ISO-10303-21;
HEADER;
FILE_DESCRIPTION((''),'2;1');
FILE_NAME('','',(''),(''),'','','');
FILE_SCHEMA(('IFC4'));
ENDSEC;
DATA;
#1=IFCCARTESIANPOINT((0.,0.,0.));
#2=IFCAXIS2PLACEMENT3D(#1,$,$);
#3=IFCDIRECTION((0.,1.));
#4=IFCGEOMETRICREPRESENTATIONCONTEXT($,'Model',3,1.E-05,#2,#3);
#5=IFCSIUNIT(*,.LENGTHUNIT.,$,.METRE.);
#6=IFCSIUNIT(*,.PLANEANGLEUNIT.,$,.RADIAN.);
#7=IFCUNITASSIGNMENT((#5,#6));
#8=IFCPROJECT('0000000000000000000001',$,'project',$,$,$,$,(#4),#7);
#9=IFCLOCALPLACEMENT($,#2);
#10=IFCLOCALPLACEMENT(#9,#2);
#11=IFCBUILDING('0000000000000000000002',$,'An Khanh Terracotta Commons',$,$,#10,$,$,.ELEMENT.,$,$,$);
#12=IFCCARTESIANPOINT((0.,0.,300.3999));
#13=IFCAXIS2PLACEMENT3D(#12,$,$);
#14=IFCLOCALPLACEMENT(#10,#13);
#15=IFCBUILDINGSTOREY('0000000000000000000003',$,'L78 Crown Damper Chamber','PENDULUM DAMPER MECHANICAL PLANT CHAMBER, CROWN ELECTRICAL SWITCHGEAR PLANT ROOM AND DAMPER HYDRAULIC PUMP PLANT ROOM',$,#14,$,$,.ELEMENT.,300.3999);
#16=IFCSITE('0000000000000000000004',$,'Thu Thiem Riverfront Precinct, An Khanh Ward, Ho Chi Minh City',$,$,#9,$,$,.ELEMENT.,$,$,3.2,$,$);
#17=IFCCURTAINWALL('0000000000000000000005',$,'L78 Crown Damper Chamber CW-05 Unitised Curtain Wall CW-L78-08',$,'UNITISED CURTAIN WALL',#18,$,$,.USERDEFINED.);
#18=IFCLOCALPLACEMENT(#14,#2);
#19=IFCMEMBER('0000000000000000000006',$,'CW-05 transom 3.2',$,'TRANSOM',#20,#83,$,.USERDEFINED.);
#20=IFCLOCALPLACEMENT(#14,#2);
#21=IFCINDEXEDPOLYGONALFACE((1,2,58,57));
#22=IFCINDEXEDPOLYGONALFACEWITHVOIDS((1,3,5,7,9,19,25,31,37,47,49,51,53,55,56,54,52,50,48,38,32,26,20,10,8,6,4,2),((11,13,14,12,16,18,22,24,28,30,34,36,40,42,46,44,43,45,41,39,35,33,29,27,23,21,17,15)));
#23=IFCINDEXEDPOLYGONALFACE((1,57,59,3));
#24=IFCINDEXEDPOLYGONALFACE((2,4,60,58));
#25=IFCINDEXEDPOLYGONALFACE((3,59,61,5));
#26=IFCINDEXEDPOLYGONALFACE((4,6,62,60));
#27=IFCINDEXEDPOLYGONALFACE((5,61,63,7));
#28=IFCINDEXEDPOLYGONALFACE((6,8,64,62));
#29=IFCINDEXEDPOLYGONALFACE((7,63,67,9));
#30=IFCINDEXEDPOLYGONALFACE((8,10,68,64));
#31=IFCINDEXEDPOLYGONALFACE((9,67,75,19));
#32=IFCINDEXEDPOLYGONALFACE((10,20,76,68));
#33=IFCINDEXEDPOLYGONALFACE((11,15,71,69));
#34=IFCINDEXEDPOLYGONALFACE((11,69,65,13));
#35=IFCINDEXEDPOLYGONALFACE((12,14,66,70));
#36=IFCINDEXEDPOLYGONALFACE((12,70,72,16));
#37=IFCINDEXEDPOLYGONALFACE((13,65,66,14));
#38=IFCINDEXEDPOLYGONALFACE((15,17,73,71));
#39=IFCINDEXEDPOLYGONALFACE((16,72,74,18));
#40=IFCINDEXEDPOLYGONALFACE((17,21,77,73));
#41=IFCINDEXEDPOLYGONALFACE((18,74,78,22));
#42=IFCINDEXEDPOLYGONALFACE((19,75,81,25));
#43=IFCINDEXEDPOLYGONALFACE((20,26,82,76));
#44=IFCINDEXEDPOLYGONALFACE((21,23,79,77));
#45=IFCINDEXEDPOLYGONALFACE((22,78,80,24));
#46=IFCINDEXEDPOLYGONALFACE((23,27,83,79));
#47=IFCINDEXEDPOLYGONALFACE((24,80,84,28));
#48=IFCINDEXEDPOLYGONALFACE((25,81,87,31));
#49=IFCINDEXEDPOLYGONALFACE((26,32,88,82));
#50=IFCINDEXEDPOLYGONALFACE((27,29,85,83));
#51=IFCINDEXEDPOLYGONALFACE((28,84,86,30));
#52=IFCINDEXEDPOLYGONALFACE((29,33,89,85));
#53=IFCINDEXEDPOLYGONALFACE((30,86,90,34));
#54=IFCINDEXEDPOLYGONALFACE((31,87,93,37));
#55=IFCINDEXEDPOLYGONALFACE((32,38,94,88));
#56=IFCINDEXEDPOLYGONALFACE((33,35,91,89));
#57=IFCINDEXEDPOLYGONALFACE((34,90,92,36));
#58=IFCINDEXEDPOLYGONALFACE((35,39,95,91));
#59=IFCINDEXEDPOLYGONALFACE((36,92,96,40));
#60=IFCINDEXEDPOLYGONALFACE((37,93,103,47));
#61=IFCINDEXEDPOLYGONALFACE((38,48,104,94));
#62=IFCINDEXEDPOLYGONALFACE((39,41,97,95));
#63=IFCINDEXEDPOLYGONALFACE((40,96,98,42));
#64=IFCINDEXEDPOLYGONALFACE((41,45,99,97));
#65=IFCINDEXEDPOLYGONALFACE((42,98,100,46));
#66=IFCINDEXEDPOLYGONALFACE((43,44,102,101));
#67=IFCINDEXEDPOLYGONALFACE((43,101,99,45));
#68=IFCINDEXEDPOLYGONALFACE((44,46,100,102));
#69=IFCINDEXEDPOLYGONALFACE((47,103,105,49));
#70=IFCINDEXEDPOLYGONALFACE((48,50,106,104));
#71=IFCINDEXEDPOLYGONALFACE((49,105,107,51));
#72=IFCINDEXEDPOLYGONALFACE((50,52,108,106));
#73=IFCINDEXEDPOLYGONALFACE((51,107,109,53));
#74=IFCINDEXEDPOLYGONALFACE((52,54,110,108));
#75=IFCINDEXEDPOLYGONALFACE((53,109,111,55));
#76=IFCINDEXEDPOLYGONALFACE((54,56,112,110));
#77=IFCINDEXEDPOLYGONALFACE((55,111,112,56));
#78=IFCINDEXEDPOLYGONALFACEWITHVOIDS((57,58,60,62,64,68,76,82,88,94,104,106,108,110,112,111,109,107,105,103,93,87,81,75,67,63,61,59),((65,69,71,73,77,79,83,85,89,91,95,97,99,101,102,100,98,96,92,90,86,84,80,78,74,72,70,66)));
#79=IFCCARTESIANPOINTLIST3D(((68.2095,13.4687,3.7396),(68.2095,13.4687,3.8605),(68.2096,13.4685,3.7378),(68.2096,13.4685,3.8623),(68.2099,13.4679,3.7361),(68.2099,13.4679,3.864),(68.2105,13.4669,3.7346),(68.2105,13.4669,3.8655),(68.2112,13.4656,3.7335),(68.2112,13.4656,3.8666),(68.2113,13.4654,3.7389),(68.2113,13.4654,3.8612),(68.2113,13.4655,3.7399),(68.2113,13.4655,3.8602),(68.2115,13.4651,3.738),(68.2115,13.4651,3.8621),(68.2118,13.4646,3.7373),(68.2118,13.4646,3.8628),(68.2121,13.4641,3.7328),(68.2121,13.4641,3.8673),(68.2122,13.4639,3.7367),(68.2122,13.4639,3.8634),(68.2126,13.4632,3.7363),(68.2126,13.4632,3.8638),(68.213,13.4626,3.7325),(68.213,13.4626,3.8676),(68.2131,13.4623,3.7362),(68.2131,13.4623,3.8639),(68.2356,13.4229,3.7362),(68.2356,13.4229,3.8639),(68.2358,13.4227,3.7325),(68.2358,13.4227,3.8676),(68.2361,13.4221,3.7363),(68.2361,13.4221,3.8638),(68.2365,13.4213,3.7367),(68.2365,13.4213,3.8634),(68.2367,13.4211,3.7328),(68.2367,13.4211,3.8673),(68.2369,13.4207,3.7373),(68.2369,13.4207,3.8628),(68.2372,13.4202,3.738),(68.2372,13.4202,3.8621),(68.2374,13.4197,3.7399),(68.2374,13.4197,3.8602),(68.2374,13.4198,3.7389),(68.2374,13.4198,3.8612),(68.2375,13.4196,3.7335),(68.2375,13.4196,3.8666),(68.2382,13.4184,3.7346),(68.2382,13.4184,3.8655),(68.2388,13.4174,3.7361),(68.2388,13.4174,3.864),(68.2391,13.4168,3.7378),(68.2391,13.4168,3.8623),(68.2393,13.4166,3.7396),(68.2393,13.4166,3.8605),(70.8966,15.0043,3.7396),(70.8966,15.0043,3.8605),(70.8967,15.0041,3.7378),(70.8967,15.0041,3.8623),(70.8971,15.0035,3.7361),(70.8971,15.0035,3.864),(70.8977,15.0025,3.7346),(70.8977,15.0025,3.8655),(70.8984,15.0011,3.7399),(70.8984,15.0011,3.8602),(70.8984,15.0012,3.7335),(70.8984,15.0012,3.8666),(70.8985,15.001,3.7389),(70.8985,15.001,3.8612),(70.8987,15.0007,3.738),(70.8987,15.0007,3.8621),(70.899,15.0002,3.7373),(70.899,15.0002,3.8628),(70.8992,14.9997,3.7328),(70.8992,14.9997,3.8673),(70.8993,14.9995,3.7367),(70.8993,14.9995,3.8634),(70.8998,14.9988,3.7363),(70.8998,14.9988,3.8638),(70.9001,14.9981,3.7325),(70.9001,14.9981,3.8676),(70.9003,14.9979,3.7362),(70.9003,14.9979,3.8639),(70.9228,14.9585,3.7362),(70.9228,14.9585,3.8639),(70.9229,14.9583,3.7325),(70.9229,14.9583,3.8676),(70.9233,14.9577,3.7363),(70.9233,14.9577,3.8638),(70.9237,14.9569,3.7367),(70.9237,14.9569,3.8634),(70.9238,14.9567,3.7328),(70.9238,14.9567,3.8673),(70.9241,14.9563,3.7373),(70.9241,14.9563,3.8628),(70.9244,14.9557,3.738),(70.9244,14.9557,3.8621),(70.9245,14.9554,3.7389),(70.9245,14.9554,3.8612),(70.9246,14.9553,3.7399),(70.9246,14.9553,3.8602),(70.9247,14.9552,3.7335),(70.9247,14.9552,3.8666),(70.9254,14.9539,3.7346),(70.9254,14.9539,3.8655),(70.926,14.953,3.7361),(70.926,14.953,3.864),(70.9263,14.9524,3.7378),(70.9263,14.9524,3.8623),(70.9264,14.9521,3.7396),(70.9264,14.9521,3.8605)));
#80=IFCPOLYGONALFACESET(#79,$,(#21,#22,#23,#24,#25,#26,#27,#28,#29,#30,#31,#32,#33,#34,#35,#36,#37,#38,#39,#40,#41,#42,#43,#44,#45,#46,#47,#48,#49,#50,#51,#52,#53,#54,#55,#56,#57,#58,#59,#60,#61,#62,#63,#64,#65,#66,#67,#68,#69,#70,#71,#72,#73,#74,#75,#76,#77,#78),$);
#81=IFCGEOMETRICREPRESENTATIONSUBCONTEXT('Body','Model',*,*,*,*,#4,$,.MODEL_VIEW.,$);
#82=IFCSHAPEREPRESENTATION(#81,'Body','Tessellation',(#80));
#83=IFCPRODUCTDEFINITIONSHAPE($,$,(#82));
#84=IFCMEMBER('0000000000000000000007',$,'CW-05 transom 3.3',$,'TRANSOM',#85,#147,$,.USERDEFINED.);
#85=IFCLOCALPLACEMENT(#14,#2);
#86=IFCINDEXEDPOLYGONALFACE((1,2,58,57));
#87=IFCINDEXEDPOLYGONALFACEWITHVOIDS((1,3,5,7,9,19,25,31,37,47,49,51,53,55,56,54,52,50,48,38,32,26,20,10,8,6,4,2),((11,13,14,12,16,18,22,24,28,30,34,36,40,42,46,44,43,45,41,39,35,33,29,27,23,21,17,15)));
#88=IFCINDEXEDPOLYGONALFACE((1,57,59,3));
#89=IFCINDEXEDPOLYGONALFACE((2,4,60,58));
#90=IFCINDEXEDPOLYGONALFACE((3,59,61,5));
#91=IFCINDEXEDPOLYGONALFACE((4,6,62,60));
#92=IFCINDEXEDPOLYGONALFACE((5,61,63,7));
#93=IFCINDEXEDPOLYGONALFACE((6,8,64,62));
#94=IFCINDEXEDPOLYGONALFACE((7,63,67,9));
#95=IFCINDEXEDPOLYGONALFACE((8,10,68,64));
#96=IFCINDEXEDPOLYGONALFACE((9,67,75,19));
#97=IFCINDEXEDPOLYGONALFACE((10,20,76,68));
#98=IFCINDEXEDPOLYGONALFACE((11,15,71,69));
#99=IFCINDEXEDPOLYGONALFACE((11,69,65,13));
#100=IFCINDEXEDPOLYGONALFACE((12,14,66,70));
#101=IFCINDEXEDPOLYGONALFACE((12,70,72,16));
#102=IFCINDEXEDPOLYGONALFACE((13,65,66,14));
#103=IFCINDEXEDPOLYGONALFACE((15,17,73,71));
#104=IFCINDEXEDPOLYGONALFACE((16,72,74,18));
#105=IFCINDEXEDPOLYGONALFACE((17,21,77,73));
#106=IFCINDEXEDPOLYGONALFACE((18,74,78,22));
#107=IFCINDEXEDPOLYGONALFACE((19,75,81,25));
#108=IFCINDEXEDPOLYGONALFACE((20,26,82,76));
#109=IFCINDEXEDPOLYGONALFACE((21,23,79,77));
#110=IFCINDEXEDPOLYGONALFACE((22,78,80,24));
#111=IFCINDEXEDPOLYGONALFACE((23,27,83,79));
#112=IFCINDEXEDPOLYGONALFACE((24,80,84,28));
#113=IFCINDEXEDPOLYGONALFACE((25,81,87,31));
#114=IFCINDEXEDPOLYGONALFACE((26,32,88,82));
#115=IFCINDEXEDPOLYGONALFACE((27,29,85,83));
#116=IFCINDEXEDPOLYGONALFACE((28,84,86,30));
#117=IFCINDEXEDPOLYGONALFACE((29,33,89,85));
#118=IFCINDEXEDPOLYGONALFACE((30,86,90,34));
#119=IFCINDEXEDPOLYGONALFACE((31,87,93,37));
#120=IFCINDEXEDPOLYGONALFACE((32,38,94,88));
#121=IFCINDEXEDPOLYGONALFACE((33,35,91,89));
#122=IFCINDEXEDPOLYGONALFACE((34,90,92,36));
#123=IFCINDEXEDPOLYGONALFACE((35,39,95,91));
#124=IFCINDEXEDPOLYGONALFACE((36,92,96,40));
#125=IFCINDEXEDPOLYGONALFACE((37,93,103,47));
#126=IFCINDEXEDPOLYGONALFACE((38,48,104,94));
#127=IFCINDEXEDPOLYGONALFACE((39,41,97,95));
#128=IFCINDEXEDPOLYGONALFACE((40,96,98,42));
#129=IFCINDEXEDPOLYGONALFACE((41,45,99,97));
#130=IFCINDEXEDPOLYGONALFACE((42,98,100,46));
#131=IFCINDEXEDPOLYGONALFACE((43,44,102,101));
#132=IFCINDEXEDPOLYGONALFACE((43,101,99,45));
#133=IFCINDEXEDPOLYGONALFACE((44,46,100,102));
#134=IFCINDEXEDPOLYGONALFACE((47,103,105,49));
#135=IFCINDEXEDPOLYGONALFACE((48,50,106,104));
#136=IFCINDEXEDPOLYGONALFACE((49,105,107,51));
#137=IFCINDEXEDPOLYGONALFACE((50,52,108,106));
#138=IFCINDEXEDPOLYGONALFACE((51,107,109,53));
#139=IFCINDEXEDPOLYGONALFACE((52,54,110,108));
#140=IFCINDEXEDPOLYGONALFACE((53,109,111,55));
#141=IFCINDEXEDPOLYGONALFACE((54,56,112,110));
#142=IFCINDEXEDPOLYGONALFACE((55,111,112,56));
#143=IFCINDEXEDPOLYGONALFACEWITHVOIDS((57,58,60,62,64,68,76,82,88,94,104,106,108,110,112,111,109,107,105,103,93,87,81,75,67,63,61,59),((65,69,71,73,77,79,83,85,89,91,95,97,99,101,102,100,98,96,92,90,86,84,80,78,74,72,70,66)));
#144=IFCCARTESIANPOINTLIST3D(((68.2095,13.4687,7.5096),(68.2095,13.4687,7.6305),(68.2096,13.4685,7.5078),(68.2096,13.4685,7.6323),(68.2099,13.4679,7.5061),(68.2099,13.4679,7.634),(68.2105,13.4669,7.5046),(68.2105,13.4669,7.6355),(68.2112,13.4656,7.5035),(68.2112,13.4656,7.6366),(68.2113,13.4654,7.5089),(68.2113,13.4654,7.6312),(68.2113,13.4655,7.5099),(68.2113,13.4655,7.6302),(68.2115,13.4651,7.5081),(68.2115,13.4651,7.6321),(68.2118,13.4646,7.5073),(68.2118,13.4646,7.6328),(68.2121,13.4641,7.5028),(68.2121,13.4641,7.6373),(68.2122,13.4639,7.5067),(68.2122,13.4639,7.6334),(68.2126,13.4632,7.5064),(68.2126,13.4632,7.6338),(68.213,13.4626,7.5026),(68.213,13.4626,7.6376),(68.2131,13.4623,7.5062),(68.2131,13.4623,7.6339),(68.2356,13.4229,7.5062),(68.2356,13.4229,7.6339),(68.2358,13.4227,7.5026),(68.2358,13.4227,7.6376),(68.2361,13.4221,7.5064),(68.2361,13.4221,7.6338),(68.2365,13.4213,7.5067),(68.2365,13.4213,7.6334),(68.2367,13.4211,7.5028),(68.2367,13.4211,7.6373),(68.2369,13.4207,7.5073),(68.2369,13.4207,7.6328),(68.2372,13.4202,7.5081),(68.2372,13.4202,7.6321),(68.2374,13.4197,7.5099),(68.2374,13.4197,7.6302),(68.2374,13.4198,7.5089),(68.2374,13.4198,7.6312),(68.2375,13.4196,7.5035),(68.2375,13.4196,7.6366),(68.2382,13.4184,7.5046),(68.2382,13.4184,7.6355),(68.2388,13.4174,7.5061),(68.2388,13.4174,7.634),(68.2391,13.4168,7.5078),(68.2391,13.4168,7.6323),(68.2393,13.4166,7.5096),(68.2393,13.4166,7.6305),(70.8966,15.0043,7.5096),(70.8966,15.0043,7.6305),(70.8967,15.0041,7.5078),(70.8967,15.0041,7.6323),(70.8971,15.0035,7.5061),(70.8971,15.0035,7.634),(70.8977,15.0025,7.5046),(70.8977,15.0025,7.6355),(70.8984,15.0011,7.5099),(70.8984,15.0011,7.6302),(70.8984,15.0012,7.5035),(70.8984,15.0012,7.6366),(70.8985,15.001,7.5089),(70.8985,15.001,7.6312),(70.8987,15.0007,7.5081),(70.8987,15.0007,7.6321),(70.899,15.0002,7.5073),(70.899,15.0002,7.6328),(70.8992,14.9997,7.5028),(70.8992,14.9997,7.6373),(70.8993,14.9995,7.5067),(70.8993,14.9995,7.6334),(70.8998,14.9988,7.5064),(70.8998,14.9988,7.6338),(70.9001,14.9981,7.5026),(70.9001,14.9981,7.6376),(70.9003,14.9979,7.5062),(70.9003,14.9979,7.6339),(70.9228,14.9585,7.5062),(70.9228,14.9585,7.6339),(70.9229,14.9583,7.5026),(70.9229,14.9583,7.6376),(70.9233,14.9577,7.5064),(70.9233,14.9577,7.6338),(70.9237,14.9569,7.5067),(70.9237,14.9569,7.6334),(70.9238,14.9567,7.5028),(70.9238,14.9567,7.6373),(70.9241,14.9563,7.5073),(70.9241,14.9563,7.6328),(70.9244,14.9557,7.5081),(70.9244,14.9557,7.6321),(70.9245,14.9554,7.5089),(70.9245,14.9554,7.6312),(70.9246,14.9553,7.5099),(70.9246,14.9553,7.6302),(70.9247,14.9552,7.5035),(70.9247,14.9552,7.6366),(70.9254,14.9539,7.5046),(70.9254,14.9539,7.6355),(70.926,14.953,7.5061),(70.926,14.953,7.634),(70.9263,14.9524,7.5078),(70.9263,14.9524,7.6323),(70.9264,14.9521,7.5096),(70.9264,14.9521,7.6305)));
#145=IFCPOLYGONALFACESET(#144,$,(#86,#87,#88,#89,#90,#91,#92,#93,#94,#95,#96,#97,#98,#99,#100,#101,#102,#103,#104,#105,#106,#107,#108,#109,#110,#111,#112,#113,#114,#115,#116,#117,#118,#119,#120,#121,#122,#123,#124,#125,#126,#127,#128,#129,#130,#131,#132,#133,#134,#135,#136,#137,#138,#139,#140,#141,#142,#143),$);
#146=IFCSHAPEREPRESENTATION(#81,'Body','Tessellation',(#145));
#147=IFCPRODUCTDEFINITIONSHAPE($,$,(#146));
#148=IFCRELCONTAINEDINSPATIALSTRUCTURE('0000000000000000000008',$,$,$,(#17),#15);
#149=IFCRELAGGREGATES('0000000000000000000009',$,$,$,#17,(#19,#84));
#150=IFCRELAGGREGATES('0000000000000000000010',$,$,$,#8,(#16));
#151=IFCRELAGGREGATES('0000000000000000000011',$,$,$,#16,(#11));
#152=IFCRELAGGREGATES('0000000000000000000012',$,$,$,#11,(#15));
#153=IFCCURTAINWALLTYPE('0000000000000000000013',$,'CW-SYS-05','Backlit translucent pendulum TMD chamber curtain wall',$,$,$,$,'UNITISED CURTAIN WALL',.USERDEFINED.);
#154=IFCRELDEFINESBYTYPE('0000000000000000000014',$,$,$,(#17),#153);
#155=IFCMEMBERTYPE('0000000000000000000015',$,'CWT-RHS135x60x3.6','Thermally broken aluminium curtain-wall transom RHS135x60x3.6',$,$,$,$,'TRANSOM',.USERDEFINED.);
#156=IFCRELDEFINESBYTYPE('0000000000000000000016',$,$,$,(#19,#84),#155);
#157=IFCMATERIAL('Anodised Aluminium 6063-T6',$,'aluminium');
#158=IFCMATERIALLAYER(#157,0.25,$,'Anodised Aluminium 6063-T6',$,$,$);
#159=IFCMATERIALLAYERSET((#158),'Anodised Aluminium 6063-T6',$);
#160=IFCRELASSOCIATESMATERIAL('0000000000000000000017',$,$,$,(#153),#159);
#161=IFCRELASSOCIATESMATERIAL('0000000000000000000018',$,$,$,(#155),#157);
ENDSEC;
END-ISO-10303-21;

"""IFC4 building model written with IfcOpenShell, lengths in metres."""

from ifc_helpers import new_model, si_unit, direction, frame, origin, origin_2d, place, context, subcontext, project, spatial, hollow_rectangle, extrude, material, layer, layer_set, material_profile, profile_set, type_object, element, aggregate, save


model = new_model("IFC4")

# Units and contexts
model_context = context("Model", 3, precision=1e-05, world=origin(), true_north=direction((0.0, 1.0)))
body_context = subcontext(model_context, "Body", "Model", "MODEL_VIEW")
ifc_project = project(units=[si_unit("LENGTHUNIT", "METRE"), si_unit("PLANEANGLEUNIT", "RADIAN")], contexts=[model_context])

# Site, building, storey
site_placement = place(None, origin())
site = spatial("IfcSite", under=ifc_project, at=site_placement, Name="Thu Thiem Riverfront Precinct, An Khanh Ward, Ho Chi Minh City", CompositionType="ELEMENT", RefElevation=3.2)
building_placement = place(site_placement, origin())
building = spatial("IfcBuilding", under=site, at=building_placement, Name="An Khanh Terracotta Commons", CompositionType="ELEMENT")
storey_placement = place(building_placement, frame((0.0, 0.0, 300.3999)))
storey = spatial("IfcBuildingStorey", under=building, at=storey_placement, Name="L78 Crown Damper Chamber", Description="PENDULUM DAMPER MECHANICAL PLANT CHAMBER, CROWN ELECTRICAL SWITCHGEAR PLANT ROOM AND DAMPER HYDRAULIC PUMP PLANT ROOM", CompositionType="ELEMENT", Elevation=300.3999)

# Curtain wall
ifc_material_1 = material(Name="Anodised Aluminium 6063-T6", Category="aluminium")
ifc_layer_1 = layer(ifc_material_1, 0.25, Name="Anodised Aluminium 6063-T6")
ifc_layer_set_1 = layer_set([ifc_layer_1], Name="Anodised Aluminium 6063-T6")
curtain_wall_type = type_object("IfcCurtainWallType", Name="CW-SYS-05", Description="Backlit translucent pendulum TMD chamber curtain wall", ElementType="UNITISED CURTAIN WALL", PredefinedType="USERDEFINED", material=ifc_layer_set_1)
curtain_wall_1_placement = place(storey_placement, origin())
curtain_wall_1 = element("IfcCurtainWall", 1, at=curtain_wall_1_placement, inside=storey, type_object=curtain_wall_type, Name="L78 Crown Damper Chamber CW-05 Unitised Curtain Wall CW-L78-08", ObjectType="UNITISED CURTAIN WALL", PredefinedType="USERDEFINED")

# Members
ifc_material_profile_1 = material_profile(ifc_material_1, hollow_rectangle(XDim=0.0601, YDim=0.135, WallThickness=0.0037, InnerFilletRadius=0.0037, OuterFilletRadius=0.0071, at=origin_2d()), Name="RHS135x60x3.6")
ifc_profile_set_1 = profile_set([ifc_material_profile_1], Name="Anodised Aluminium 6063-T6")
member_type_1 = type_object("IfcMemberType", Name="CWT-RHS135x60x3.6", Description="Thermally broken aluminium curtain-wall transom RHS135x60x3.6", ElementType="TRANSOM", PredefinedType="USERDEFINED", material=ifc_profile_set_1)
member_1_placement = place(storey_placement, frame((68.2244, 13.4426, 3.8), z_axis=(0.868233, 0.496156, 0.0), x_axis=(-0.496156, 0.868233, 0.0)))
member_1 = element("IfcMember", 2, at=member_1_placement, type_object=member_type_1, Name="CW-05 transom 3.2", ObjectType="TRANSOM", PredefinedType="USERDEFINED", context=body_context, shape_type="SweptSolid", body=[
    extrude(hollow_rectangle(XDim=0.0601, YDim=0.135, WallThickness=0.0037, InnerFilletRadius=0.0037, OuterFilletRadius=0.0071, at=origin_2d()), origin(), (0.0, 0.0, 1.0), 3.095),
])
member_2_placement = place(storey_placement, frame((68.2244, 13.4426, 7.5701), z_axis=(0.868233, 0.496156, 0.0), x_axis=(-0.496156, 0.868233, 0.0)))
member_2 = element("IfcMember", 3, at=member_2_placement, type_object=member_type_1, Name="CW-05 transom 3.3", ObjectType="TRANSOM", PredefinedType="USERDEFINED", context=body_context, shape_type="SweptSolid", body=[
    extrude(hollow_rectangle(XDim=0.0601, YDim=0.135, WallThickness=0.0037, InnerFilletRadius=0.0037, OuterFilletRadius=0.0071, at=origin_2d()), origin(), (0.0, 0.0, 1.0), 3.095),
])

aggregate(curtain_wall_1, [member_1, member_2])

save(model, "model.ifc")
